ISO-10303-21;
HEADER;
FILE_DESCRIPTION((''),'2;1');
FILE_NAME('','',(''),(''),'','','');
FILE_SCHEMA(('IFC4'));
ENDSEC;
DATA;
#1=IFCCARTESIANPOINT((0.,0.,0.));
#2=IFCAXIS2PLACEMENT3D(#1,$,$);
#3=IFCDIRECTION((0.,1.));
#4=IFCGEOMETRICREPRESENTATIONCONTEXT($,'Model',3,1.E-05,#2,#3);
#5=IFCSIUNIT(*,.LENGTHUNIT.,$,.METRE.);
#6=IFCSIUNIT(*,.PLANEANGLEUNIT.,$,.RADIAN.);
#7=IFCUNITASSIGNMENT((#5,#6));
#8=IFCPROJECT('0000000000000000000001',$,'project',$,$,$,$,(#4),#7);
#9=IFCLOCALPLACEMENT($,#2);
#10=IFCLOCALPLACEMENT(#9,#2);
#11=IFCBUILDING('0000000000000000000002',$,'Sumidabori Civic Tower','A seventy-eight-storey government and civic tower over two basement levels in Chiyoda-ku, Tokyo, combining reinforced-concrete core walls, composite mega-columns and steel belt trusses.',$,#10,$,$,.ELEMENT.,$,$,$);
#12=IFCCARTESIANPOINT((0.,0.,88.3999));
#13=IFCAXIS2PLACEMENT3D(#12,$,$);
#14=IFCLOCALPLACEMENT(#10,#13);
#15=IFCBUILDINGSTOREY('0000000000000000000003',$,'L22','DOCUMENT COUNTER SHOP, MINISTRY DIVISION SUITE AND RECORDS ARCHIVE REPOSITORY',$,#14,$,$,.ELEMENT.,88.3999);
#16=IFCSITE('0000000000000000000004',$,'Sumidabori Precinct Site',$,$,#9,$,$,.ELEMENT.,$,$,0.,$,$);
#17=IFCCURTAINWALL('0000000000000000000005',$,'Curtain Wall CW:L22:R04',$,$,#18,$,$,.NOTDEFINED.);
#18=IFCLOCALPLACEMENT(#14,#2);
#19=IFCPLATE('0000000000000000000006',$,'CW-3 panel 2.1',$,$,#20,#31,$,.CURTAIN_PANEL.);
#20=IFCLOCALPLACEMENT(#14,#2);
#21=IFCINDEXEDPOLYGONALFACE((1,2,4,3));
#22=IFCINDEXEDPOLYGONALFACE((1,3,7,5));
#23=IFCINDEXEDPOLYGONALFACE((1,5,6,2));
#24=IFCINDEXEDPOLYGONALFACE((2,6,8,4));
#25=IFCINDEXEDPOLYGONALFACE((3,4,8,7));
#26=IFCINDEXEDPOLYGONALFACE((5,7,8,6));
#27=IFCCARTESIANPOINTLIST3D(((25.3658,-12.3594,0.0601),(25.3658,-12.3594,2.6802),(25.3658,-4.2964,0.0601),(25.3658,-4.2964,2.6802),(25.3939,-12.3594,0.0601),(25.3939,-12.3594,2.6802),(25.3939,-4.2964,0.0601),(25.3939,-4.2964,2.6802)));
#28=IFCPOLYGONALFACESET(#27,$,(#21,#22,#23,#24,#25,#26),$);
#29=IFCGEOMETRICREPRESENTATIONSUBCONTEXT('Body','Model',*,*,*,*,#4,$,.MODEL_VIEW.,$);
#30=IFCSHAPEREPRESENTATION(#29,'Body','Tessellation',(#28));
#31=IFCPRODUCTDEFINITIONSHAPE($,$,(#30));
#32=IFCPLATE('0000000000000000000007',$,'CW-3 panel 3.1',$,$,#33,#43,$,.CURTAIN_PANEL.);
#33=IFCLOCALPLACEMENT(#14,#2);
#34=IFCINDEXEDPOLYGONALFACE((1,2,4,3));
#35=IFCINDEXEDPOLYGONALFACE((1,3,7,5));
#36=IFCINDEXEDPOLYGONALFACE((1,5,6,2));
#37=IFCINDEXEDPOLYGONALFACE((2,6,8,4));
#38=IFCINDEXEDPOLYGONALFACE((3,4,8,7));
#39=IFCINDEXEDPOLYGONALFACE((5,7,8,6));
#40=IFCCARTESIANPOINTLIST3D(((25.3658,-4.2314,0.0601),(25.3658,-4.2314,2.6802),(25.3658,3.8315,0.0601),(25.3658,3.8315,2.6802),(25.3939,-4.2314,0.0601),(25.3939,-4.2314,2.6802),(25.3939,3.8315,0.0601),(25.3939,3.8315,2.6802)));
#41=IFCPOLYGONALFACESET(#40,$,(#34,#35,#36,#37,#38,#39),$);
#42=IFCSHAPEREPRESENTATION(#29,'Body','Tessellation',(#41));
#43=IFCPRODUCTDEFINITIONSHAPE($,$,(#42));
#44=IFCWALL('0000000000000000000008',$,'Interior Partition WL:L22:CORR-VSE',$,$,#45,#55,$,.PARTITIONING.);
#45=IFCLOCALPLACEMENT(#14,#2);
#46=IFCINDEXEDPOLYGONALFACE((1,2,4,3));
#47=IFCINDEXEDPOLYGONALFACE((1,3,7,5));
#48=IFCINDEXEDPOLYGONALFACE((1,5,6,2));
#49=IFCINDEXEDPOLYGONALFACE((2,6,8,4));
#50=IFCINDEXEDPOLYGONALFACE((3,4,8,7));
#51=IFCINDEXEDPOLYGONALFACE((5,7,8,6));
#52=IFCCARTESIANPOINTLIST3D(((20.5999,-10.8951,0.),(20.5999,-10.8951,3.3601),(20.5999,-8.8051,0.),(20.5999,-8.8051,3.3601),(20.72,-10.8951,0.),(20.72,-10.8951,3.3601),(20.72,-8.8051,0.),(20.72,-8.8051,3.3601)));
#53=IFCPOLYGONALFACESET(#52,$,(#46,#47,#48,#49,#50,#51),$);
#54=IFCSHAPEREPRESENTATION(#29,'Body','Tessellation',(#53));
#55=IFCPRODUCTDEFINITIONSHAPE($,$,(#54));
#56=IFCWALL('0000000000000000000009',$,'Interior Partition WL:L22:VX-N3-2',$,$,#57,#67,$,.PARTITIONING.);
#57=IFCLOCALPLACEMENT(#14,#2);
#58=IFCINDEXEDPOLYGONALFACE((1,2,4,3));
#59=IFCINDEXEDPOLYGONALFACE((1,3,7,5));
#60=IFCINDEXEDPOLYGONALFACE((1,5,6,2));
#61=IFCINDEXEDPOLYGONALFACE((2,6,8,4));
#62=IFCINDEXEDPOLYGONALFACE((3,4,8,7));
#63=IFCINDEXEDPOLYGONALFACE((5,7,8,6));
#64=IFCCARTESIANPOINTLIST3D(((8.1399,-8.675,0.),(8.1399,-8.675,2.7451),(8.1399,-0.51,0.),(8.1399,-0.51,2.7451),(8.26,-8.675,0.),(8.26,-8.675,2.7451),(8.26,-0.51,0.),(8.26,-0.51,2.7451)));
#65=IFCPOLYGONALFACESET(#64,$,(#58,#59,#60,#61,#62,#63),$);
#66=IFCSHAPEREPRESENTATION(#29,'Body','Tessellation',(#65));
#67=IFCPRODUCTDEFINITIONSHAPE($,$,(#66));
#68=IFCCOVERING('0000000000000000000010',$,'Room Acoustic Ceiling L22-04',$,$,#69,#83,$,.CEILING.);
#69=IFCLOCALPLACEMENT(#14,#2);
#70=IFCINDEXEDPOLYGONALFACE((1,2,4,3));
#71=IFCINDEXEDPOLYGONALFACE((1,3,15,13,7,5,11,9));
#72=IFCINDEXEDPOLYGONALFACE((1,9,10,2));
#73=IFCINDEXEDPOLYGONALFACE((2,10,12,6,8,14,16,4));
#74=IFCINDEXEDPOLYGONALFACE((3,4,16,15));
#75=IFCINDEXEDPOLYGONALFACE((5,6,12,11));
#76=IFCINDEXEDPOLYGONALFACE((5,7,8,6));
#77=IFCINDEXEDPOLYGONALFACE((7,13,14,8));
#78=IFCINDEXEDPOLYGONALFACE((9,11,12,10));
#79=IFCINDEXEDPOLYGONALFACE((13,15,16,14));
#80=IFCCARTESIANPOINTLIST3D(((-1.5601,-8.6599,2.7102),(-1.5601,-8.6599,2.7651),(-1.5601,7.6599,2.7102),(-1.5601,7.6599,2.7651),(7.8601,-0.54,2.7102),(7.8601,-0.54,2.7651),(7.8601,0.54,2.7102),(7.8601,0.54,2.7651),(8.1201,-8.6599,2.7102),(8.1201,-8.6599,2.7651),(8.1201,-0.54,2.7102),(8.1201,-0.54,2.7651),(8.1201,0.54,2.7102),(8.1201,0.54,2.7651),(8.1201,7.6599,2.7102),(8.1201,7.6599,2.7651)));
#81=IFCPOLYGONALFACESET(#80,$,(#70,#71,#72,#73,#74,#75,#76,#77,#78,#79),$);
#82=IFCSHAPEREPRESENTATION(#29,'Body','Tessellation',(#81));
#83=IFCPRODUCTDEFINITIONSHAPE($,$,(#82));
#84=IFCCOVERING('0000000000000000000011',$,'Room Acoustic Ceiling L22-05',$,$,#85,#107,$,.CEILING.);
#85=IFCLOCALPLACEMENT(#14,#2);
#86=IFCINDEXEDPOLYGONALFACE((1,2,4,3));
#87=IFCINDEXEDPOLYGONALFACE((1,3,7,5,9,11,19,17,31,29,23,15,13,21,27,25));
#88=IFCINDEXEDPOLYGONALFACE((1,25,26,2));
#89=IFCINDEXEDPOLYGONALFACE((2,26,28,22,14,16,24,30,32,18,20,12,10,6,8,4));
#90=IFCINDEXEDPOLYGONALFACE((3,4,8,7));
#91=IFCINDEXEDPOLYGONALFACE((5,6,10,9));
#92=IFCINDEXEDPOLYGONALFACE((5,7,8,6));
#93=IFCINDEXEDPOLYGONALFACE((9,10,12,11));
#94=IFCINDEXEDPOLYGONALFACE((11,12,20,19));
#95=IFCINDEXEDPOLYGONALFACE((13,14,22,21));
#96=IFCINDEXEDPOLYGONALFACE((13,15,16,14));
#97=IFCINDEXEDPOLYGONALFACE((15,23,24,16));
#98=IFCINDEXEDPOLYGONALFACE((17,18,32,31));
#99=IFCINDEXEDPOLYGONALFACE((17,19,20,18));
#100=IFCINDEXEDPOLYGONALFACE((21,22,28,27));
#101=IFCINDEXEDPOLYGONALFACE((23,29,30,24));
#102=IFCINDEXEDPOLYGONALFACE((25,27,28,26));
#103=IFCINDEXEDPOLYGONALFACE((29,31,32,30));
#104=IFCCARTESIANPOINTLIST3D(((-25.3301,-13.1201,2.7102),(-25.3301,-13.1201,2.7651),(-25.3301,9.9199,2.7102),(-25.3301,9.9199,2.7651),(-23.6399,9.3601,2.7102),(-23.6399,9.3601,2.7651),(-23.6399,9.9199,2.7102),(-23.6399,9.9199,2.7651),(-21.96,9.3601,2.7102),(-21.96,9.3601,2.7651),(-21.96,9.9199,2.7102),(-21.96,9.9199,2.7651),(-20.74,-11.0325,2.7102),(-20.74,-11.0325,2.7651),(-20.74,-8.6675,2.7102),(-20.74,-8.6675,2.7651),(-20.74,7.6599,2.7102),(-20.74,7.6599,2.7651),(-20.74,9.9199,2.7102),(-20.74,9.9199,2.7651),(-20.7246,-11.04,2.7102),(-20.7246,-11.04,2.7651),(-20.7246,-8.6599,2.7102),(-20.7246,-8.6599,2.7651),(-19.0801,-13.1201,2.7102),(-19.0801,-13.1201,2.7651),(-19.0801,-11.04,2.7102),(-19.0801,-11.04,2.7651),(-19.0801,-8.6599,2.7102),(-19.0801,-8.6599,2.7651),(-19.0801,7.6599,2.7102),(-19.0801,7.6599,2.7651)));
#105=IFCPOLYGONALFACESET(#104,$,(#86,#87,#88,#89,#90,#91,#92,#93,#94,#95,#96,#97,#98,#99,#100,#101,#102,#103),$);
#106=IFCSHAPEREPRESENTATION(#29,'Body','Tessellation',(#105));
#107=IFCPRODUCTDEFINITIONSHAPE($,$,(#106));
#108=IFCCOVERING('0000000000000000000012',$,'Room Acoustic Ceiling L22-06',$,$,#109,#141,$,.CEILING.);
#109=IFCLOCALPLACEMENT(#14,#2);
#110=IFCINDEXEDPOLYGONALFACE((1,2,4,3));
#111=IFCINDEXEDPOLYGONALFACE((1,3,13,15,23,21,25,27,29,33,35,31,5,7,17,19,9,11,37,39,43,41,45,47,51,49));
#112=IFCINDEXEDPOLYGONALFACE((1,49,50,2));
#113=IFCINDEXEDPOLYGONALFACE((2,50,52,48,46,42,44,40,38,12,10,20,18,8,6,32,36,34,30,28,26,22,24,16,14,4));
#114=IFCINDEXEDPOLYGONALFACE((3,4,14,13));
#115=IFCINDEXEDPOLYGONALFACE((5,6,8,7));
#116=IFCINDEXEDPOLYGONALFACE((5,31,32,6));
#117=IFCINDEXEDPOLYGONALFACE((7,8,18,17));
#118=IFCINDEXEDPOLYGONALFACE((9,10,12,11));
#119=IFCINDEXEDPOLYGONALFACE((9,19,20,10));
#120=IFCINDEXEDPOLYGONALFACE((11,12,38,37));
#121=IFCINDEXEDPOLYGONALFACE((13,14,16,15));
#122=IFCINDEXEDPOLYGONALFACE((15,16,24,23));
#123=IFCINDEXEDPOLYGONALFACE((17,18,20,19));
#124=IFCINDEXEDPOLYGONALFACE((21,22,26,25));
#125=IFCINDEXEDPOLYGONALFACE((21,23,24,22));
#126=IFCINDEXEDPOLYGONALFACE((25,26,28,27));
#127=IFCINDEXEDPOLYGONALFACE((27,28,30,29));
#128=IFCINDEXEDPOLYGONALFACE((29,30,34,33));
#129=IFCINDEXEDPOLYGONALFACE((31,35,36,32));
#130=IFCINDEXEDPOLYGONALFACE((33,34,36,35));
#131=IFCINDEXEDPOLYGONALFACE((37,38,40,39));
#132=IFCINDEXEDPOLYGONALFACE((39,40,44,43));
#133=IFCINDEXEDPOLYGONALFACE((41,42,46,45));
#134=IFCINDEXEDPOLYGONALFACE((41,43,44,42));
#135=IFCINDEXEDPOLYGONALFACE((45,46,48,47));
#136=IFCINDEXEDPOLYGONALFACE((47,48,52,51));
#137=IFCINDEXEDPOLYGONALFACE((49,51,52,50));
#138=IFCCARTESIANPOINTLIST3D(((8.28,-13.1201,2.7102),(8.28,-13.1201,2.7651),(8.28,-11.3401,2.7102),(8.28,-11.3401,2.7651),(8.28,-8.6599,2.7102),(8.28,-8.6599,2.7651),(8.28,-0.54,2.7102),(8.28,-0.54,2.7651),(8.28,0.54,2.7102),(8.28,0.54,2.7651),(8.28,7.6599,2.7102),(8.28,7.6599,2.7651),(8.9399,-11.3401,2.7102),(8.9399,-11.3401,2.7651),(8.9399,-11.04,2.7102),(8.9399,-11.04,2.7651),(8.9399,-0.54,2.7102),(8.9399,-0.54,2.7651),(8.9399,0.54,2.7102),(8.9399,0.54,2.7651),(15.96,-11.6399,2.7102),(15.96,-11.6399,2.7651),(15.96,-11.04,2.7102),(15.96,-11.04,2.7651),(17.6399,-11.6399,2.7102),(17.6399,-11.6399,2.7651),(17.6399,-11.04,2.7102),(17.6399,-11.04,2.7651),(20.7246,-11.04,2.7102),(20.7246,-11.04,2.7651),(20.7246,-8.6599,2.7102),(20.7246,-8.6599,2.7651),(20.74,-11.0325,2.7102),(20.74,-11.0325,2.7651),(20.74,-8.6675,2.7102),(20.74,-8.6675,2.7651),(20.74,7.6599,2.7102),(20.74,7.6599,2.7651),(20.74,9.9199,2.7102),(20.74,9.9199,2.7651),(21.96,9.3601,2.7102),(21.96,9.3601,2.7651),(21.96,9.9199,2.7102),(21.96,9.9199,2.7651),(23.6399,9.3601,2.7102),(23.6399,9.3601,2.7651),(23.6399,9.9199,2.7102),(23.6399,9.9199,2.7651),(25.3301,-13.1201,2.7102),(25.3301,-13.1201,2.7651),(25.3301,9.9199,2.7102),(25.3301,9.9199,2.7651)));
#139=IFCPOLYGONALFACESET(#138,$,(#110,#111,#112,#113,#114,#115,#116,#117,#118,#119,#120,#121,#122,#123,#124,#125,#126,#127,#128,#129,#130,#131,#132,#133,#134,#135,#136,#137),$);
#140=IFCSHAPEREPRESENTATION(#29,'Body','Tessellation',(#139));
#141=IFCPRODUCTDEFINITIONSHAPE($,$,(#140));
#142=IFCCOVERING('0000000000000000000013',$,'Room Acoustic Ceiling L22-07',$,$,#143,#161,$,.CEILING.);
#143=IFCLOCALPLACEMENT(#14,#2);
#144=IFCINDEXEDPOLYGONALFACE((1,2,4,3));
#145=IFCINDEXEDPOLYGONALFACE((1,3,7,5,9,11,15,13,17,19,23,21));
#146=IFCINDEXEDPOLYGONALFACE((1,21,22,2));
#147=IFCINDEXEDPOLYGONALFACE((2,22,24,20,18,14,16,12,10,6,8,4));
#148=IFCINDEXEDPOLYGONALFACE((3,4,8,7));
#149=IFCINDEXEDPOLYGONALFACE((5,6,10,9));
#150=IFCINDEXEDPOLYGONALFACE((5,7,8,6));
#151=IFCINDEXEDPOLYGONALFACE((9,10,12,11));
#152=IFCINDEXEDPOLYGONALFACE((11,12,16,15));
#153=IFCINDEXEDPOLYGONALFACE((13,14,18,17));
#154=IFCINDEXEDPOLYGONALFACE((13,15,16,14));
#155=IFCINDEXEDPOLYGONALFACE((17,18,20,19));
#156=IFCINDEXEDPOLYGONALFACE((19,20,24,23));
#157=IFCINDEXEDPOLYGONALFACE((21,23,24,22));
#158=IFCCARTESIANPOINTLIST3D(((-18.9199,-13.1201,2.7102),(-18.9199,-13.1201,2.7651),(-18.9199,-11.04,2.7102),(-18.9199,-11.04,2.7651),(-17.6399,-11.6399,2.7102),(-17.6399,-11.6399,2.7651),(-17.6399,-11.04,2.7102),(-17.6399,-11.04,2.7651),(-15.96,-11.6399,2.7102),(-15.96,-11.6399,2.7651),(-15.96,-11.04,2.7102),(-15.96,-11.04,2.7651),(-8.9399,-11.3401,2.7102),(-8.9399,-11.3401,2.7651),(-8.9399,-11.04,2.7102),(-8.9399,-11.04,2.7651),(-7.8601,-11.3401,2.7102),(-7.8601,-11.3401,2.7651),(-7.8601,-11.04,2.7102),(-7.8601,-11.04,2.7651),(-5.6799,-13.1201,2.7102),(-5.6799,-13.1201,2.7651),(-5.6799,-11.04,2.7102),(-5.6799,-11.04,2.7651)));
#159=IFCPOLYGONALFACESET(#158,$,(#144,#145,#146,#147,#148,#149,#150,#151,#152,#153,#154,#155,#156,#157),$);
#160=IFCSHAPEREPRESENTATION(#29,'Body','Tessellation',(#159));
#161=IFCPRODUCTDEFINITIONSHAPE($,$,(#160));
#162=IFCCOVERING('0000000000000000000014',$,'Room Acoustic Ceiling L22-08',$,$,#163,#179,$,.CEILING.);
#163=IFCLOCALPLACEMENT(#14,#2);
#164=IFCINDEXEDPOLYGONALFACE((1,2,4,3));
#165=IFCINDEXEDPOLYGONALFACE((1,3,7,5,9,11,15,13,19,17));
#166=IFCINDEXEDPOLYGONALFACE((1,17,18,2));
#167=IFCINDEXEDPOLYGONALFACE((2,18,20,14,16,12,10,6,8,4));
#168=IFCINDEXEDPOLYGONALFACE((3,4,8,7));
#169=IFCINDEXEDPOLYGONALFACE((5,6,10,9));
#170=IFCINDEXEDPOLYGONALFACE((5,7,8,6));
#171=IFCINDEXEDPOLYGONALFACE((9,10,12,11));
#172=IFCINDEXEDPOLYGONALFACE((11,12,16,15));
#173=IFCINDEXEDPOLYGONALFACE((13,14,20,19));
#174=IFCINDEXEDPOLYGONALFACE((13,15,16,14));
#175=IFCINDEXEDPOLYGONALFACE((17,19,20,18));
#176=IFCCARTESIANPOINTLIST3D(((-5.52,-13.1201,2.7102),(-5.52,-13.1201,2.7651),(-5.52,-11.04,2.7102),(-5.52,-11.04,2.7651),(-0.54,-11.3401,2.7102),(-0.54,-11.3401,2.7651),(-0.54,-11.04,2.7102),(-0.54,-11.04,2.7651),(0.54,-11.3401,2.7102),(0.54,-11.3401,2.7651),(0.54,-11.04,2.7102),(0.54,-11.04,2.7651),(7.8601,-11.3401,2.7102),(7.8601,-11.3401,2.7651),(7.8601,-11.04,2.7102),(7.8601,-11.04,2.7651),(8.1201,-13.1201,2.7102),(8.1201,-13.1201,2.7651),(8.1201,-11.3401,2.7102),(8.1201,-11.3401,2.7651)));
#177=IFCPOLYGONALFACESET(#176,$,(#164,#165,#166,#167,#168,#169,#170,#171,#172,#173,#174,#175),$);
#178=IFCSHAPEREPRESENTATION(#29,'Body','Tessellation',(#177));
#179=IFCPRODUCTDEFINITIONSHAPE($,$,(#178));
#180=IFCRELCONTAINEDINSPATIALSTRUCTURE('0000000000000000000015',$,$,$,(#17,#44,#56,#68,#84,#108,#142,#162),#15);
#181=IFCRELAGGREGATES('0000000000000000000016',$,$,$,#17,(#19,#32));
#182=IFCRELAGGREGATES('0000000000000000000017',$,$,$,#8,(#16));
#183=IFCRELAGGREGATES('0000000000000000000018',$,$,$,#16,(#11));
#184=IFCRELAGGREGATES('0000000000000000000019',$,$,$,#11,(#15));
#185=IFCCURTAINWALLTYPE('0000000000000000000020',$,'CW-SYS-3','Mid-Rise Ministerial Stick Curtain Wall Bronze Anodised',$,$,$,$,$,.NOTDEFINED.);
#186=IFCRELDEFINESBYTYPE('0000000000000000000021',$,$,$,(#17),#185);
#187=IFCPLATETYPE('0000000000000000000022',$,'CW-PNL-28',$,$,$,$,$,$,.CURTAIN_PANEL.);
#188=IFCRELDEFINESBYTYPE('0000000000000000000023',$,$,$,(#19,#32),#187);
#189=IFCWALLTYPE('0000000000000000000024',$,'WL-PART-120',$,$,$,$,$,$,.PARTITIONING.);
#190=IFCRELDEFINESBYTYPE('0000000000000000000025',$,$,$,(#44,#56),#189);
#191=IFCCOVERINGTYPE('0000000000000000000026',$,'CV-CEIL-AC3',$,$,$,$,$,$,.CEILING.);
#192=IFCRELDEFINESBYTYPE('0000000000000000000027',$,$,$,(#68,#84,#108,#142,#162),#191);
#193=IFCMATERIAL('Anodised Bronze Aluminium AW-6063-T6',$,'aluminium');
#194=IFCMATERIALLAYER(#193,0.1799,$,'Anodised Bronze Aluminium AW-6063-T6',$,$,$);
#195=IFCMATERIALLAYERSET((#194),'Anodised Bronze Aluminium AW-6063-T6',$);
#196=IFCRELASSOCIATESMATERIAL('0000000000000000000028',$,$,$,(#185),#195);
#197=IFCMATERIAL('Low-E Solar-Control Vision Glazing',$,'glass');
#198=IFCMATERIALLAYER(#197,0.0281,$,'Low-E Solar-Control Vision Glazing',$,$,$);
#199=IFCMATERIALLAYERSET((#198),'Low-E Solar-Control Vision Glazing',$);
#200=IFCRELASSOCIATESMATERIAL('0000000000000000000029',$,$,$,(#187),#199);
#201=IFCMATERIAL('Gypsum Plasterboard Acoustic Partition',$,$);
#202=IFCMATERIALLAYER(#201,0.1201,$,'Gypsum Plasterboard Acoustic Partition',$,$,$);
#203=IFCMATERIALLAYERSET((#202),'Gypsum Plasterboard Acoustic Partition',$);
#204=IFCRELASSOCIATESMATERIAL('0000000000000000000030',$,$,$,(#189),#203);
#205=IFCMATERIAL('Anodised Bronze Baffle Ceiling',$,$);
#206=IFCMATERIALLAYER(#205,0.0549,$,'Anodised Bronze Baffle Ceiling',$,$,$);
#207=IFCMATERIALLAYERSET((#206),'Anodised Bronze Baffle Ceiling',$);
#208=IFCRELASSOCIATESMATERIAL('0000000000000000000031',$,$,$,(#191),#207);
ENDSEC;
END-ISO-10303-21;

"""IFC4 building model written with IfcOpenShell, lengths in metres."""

from ifc_helpers import new_model, si_unit, direction, frame, frame_2d, origin, origin_2d, place, context, subcontext, project, spatial, polyline, rectangle, outline, extrude, source, transform, mapped, material, layer, layer_set, type_object, element, aggregate, save


model = new_model("IFC4")

# Units and contexts
model_context = context("Model", 3, precision=1e-05, world=origin(), true_north=direction((0.0, 1.0)))
body_context = subcontext(model_context, "Body", "Model", "MODEL_VIEW")
ifc_project = project(units=[si_unit("LENGTHUNIT", "METRE"), si_unit("PLANEANGLEUNIT", "RADIAN")], contexts=[model_context])

# Site, building, storey
site_placement = place(None, origin())
site = spatial("IfcSite", under=ifc_project, at=site_placement, Name="Sumidabori Precinct Site", CompositionType="ELEMENT", RefElevation=0.0)
building_placement = place(site_placement, origin())
building = spatial("IfcBuilding", under=site, at=building_placement, Name="Sumidabori Civic Tower", Description="A seventy-eight-storey government and civic tower over two basement levels in Chiyoda-ku, Tokyo, combining reinforced-concrete core walls, composite mega-columns and steel belt trusses.", CompositionType="ELEMENT")
storey_placement = place(building_placement, frame((0.0, 0.0, 88.3999)))
storey = spatial("IfcBuildingStorey", under=building, at=storey_placement, Name="L22", Description="DOCUMENT COUNTER SHOP, MINISTRY DIVISION SUITE AND RECORDS ARCHIVE REPOSITORY", CompositionType="ELEMENT", Elevation=88.3999)

# Curtain wall, plates
ifc_material_1 = material(Name="Anodised Bronze Aluminium AW-6063-T6", Category="aluminium")
ifc_layer_1 = layer(ifc_material_1, 0.1799, Name="Anodised Bronze Aluminium AW-6063-T6")
ifc_layer_set_1 = layer_set([ifc_layer_1], Name="Anodised Bronze Aluminium AW-6063-T6")
curtain_wall_type = type_object("IfcCurtainWallType", Name="CW-SYS-3", Description="Mid-Rise Ministerial Stick Curtain Wall Bronze Anodised", PredefinedType="NOTDEFINED", material=ifc_layer_set_1)
curtain_wall_placement = place(storey_placement, origin())
curtain_wall = element("IfcCurtainWall", 1, at=curtain_wall_placement, inside=storey, type_object=curtain_wall_type, Name="Curtain Wall CW:L22:R04", PredefinedType="NOTDEFINED")
ifc_material_2 = material(Name="Low-E Solar-Control Vision Glazing", Category="glass")
ifc_layer_2 = layer(ifc_material_2, 0.0281, Name="Low-E Solar-Control Vision Glazing")
ifc_layer_set_2 = layer_set([ifc_layer_2], Name="Low-E Solar-Control Vision Glazing")
plate_type = type_object("IfcPlateType", Name="CW-PNL-28", PredefinedType="CURTAIN_PANEL", material=ifc_layer_set_2)
shared_shape_1 = source(origin(), body_context, "Body", "SweptSolid", [
    extrude(rectangle(XDim=8.063, YDim=0.0281, at=origin_2d()), origin(), (0.0, 0.0, 1.0), 2.6201),
])
plate_1_placement = place(storey_placement, frame((25.3799, -8.3279, 0.0601), z_axis=(0.0, 0.0, 1.0), x_axis=(0.0, 1.0, 0.0)))
plate_1 = element("IfcPlate", 2, at=plate_1_placement, type_object=plate_type, Name="CW-3 panel 2.1", PredefinedType="CURTAIN_PANEL", context=body_context, shape_type="MappedRepresentation", body=[
    mapped(shared_shape_1, transform((0.0, 0.0, 0.0), x_axis=(1.0, 0.0, 0.0), y_axis=(0.0, 1.0, 0.0), z_axis=(0.0, 0.0, 1.0), scale=1.0)),
])
plate_2_placement = place(storey_placement, frame((25.3799, -0.2, 0.0601), z_axis=(0.0, 0.0, 1.0), x_axis=(0.0, 1.0, 0.0)))
plate_2 = element("IfcPlate", 3, at=plate_2_placement, type_object=plate_type, Name="CW-3 panel 3.1", PredefinedType="CURTAIN_PANEL", context=body_context, shape_type="MappedRepresentation", body=[
    mapped(shared_shape_1, transform((0.0, 0.0, 0.0), x_axis=(1.0, 0.0, 0.0), y_axis=(0.0, 1.0, 0.0), z_axis=(0.0, 0.0, 1.0), scale=1.0)),
])
aggregate(curtain_wall, [plate_1, plate_2])

# Walls
ifc_material_3 = material(Name="Gypsum Plasterboard Acoustic Partition")
ifc_layer_3 = layer(ifc_material_3, 0.1201, Name="Gypsum Plasterboard Acoustic Partition")
ifc_layer_set_3 = layer_set([ifc_layer_3], Name="Gypsum Plasterboard Acoustic Partition")
wall_type = type_object("IfcWallType", Name="WL-PART-120", PredefinedType="PARTITIONING", material=ifc_layer_set_3)
shared_shape_2 = source(origin(), body_context, "Body", "SweptSolid", [
    extrude(rectangle(XDim=2.0901, YDim=0.1201, at=frame_2d((1.0449, 0.0))), origin(), (0.0, 0.0, 1.0), 3.3601),
])
wall_1_placement = place(storey_placement, frame((20.6599, -10.895, 0.0), z_axis=(0.0, 0.0, 1.0), x_axis=(0.0, 1.0, 0.0)))
element("IfcWall", 4, at=wall_1_placement, inside=storey, type_object=wall_type, Name="Interior Partition WL:L22:CORR-VSE", PredefinedType="PARTITIONING", context=body_context, shape_type="MappedRepresentation", body=[
    mapped(shared_shape_2, transform((0.0, 0.0, 0.0), x_axis=(1.0, 0.0, 0.0), y_axis=(0.0, 1.0, 0.0), z_axis=(0.0, 0.0, 1.0), scale=1.0)),
])
shared_shape_3 = source(origin(), body_context, "Body", "SweptSolid", [
    extrude(rectangle(XDim=8.165, YDim=0.1201, at=frame_2d((4.0825, 0.0))), origin(), (0.0, 0.0, 1.0), 2.7451),
])
wall_2_placement = place(storey_placement, frame((8.2, -8.675, 0.0), z_axis=(0.0, 0.0, 1.0), x_axis=(0.0, 1.0, 0.0)))
element("IfcWall", 5, at=wall_2_placement, inside=storey, type_object=wall_type, Name="Interior Partition WL:L22:VX-N3-2", PredefinedType="PARTITIONING", context=body_context, shape_type="MappedRepresentation", body=[
    mapped(shared_shape_3, transform((0.0, 0.0, 0.0), x_axis=(1.0, 0.0, 0.0), y_axis=(0.0, 1.0, 0.0), z_axis=(0.0, 0.0, 1.0), scale=1.0)),
])

# Coverings
ifc_material_4 = material(Name="Anodised Bronze Baffle Ceiling")
ifc_layer_4 = layer(ifc_material_4, 0.0549, Name="Anodised Bronze Baffle Ceiling")
ifc_layer_set_4 = layer_set([ifc_layer_4], Name="Anodised Bronze Baffle Ceiling")
covering_type_1 = type_object("IfcCoveringType", Name="CV-CEIL-AC3", PredefinedType="CEILING", material=ifc_layer_set_4)
covering_1_placement = place(storey_placement, frame((0.0, 0.0, 2.7102)))
element("IfcCovering", 6, at=covering_1_placement, inside=storey, type_object=covering_type_1, Name="Room Acoustic Ceiling L22-04", PredefinedType="CEILING", context=body_context, shape_type="SweptSolid", body=[
    extrude(outline(polyline([(-1.5601, -8.6599), (-1.5601, 7.6599), (8.1201, 7.6599), (8.1201, 0.54), (7.8601, 0.54), (7.8601, -0.54), (8.1201, -0.54), (8.1201, -8.6599), (-1.5601, -8.6599)])), origin(), (0.0, 0.0, 1.0), 0.0549),
])
covering_2_placement = place(storey_placement, frame((0.0, 0.0, 2.7102)))
element("IfcCovering", 7, at=covering_2_placement, inside=storey, type_object=covering_type_1, Name="Room Acoustic Ceiling L22-05", PredefinedType="CEILING", context=body_context, shape_type="SweptSolid", body=[
    extrude(outline(polyline([(-25.3301, -13.1201), (-25.3301, 9.9199), (-23.6399, 9.9199), (-23.6399, 9.3601), (-21.96, 9.3601), (-21.96, 9.9199), (-20.74, 9.9199), (-20.74, 7.6599), (-19.0801, 7.6599), (-19.0801, -8.6599), (-20.7246, -8.6599), (-20.74, -8.6675), (-20.74, -11.0325), (-20.7246, -11.04), (-19.0801, -11.04), (-19.0801, -13.1201), (-25.3301, -13.1201)])), origin(), (0.0, 0.0, 1.0), 0.0549),
])
covering_3_placement = place(storey_placement, frame((0.0, 0.0, 2.7102)))
element("IfcCovering", 8, at=covering_3_placement, inside=storey, type_object=covering_type_1, Name="Room Acoustic Ceiling L22-06", PredefinedType="CEILING", context=body_context, shape_type="SweptSolid", body=[
    extrude(outline(polyline([(8.28, -11.3401), (8.9399, -11.3401), (8.9399, -11.04), (15.96, -11.04), (15.96, -11.6399), (17.6399, -11.6399), (17.6399, -11.04), (20.7246, -11.04), (20.74, -11.0325), (20.74, -8.6675), (20.7246, -8.6599), (8.28, -8.6599), (8.28, -0.54), (8.9399, -0.54), (8.9399, 0.54), (8.28, 0.54), (8.28, 7.6599), (20.74, 7.6599), (20.74, 9.9199), (21.96, 9.9199), (21.96, 9.3601), (23.6399, 9.3601), (23.6399, 9.9199), (25.3301, 9.9199), (25.3301, -13.1201), (8.28, -13.1201), (8.28, -11.3401)])), origin(), (0.0, 0.0, 1.0), 0.0549),
])
covering_4_placement = place(storey_placement, frame((0.0, 0.0, 2.7102)))
element("IfcCovering", 9, at=covering_4_placement, inside=storey, type_object=covering_type_1, Name="Room Acoustic Ceiling L22-07", PredefinedType="CEILING", context=body_context, shape_type="SweptSolid", body=[
    extrude(outline(polyline([(-17.6399, -11.04), (-17.6399, -11.6399), (-15.96, -11.6399), (-15.96, -11.04), (-8.9399, -11.04), (-8.9399, -11.3401), (-7.8601, -11.3401), (-7.8601, -11.04), (-5.6799, -11.04), (-5.6799, -13.1201), (-18.9199, -13.1201), (-18.9199, -11.04), (-17.6399, -11.04)])), origin(), (0.0, 0.0, 1.0), 0.0549),
])
covering_5_placement = place(storey_placement, frame((0.0, 0.0, 2.7102)))
element("IfcCovering", 10, at=covering_5_placement, inside=storey, type_object=covering_type_1, Name="Room Acoustic Ceiling L22-08", PredefinedType="CEILING", context=body_context, shape_type="SweptSolid", body=[
    extrude(outline(polyline([(-5.52, -11.04), (-0.54, -11.04), (-0.54, -11.3401), (0.54, -11.3401), (0.54, -11.04), (7.8601, -11.04), (7.8601, -11.3401), (8.1201, -11.3401), (8.1201, -13.1201), (-5.52, -13.1201), (-5.52, -11.04)])), origin(), (0.0, 0.0, 1.0), 0.0549),
])

save(model, "model.ifc")
